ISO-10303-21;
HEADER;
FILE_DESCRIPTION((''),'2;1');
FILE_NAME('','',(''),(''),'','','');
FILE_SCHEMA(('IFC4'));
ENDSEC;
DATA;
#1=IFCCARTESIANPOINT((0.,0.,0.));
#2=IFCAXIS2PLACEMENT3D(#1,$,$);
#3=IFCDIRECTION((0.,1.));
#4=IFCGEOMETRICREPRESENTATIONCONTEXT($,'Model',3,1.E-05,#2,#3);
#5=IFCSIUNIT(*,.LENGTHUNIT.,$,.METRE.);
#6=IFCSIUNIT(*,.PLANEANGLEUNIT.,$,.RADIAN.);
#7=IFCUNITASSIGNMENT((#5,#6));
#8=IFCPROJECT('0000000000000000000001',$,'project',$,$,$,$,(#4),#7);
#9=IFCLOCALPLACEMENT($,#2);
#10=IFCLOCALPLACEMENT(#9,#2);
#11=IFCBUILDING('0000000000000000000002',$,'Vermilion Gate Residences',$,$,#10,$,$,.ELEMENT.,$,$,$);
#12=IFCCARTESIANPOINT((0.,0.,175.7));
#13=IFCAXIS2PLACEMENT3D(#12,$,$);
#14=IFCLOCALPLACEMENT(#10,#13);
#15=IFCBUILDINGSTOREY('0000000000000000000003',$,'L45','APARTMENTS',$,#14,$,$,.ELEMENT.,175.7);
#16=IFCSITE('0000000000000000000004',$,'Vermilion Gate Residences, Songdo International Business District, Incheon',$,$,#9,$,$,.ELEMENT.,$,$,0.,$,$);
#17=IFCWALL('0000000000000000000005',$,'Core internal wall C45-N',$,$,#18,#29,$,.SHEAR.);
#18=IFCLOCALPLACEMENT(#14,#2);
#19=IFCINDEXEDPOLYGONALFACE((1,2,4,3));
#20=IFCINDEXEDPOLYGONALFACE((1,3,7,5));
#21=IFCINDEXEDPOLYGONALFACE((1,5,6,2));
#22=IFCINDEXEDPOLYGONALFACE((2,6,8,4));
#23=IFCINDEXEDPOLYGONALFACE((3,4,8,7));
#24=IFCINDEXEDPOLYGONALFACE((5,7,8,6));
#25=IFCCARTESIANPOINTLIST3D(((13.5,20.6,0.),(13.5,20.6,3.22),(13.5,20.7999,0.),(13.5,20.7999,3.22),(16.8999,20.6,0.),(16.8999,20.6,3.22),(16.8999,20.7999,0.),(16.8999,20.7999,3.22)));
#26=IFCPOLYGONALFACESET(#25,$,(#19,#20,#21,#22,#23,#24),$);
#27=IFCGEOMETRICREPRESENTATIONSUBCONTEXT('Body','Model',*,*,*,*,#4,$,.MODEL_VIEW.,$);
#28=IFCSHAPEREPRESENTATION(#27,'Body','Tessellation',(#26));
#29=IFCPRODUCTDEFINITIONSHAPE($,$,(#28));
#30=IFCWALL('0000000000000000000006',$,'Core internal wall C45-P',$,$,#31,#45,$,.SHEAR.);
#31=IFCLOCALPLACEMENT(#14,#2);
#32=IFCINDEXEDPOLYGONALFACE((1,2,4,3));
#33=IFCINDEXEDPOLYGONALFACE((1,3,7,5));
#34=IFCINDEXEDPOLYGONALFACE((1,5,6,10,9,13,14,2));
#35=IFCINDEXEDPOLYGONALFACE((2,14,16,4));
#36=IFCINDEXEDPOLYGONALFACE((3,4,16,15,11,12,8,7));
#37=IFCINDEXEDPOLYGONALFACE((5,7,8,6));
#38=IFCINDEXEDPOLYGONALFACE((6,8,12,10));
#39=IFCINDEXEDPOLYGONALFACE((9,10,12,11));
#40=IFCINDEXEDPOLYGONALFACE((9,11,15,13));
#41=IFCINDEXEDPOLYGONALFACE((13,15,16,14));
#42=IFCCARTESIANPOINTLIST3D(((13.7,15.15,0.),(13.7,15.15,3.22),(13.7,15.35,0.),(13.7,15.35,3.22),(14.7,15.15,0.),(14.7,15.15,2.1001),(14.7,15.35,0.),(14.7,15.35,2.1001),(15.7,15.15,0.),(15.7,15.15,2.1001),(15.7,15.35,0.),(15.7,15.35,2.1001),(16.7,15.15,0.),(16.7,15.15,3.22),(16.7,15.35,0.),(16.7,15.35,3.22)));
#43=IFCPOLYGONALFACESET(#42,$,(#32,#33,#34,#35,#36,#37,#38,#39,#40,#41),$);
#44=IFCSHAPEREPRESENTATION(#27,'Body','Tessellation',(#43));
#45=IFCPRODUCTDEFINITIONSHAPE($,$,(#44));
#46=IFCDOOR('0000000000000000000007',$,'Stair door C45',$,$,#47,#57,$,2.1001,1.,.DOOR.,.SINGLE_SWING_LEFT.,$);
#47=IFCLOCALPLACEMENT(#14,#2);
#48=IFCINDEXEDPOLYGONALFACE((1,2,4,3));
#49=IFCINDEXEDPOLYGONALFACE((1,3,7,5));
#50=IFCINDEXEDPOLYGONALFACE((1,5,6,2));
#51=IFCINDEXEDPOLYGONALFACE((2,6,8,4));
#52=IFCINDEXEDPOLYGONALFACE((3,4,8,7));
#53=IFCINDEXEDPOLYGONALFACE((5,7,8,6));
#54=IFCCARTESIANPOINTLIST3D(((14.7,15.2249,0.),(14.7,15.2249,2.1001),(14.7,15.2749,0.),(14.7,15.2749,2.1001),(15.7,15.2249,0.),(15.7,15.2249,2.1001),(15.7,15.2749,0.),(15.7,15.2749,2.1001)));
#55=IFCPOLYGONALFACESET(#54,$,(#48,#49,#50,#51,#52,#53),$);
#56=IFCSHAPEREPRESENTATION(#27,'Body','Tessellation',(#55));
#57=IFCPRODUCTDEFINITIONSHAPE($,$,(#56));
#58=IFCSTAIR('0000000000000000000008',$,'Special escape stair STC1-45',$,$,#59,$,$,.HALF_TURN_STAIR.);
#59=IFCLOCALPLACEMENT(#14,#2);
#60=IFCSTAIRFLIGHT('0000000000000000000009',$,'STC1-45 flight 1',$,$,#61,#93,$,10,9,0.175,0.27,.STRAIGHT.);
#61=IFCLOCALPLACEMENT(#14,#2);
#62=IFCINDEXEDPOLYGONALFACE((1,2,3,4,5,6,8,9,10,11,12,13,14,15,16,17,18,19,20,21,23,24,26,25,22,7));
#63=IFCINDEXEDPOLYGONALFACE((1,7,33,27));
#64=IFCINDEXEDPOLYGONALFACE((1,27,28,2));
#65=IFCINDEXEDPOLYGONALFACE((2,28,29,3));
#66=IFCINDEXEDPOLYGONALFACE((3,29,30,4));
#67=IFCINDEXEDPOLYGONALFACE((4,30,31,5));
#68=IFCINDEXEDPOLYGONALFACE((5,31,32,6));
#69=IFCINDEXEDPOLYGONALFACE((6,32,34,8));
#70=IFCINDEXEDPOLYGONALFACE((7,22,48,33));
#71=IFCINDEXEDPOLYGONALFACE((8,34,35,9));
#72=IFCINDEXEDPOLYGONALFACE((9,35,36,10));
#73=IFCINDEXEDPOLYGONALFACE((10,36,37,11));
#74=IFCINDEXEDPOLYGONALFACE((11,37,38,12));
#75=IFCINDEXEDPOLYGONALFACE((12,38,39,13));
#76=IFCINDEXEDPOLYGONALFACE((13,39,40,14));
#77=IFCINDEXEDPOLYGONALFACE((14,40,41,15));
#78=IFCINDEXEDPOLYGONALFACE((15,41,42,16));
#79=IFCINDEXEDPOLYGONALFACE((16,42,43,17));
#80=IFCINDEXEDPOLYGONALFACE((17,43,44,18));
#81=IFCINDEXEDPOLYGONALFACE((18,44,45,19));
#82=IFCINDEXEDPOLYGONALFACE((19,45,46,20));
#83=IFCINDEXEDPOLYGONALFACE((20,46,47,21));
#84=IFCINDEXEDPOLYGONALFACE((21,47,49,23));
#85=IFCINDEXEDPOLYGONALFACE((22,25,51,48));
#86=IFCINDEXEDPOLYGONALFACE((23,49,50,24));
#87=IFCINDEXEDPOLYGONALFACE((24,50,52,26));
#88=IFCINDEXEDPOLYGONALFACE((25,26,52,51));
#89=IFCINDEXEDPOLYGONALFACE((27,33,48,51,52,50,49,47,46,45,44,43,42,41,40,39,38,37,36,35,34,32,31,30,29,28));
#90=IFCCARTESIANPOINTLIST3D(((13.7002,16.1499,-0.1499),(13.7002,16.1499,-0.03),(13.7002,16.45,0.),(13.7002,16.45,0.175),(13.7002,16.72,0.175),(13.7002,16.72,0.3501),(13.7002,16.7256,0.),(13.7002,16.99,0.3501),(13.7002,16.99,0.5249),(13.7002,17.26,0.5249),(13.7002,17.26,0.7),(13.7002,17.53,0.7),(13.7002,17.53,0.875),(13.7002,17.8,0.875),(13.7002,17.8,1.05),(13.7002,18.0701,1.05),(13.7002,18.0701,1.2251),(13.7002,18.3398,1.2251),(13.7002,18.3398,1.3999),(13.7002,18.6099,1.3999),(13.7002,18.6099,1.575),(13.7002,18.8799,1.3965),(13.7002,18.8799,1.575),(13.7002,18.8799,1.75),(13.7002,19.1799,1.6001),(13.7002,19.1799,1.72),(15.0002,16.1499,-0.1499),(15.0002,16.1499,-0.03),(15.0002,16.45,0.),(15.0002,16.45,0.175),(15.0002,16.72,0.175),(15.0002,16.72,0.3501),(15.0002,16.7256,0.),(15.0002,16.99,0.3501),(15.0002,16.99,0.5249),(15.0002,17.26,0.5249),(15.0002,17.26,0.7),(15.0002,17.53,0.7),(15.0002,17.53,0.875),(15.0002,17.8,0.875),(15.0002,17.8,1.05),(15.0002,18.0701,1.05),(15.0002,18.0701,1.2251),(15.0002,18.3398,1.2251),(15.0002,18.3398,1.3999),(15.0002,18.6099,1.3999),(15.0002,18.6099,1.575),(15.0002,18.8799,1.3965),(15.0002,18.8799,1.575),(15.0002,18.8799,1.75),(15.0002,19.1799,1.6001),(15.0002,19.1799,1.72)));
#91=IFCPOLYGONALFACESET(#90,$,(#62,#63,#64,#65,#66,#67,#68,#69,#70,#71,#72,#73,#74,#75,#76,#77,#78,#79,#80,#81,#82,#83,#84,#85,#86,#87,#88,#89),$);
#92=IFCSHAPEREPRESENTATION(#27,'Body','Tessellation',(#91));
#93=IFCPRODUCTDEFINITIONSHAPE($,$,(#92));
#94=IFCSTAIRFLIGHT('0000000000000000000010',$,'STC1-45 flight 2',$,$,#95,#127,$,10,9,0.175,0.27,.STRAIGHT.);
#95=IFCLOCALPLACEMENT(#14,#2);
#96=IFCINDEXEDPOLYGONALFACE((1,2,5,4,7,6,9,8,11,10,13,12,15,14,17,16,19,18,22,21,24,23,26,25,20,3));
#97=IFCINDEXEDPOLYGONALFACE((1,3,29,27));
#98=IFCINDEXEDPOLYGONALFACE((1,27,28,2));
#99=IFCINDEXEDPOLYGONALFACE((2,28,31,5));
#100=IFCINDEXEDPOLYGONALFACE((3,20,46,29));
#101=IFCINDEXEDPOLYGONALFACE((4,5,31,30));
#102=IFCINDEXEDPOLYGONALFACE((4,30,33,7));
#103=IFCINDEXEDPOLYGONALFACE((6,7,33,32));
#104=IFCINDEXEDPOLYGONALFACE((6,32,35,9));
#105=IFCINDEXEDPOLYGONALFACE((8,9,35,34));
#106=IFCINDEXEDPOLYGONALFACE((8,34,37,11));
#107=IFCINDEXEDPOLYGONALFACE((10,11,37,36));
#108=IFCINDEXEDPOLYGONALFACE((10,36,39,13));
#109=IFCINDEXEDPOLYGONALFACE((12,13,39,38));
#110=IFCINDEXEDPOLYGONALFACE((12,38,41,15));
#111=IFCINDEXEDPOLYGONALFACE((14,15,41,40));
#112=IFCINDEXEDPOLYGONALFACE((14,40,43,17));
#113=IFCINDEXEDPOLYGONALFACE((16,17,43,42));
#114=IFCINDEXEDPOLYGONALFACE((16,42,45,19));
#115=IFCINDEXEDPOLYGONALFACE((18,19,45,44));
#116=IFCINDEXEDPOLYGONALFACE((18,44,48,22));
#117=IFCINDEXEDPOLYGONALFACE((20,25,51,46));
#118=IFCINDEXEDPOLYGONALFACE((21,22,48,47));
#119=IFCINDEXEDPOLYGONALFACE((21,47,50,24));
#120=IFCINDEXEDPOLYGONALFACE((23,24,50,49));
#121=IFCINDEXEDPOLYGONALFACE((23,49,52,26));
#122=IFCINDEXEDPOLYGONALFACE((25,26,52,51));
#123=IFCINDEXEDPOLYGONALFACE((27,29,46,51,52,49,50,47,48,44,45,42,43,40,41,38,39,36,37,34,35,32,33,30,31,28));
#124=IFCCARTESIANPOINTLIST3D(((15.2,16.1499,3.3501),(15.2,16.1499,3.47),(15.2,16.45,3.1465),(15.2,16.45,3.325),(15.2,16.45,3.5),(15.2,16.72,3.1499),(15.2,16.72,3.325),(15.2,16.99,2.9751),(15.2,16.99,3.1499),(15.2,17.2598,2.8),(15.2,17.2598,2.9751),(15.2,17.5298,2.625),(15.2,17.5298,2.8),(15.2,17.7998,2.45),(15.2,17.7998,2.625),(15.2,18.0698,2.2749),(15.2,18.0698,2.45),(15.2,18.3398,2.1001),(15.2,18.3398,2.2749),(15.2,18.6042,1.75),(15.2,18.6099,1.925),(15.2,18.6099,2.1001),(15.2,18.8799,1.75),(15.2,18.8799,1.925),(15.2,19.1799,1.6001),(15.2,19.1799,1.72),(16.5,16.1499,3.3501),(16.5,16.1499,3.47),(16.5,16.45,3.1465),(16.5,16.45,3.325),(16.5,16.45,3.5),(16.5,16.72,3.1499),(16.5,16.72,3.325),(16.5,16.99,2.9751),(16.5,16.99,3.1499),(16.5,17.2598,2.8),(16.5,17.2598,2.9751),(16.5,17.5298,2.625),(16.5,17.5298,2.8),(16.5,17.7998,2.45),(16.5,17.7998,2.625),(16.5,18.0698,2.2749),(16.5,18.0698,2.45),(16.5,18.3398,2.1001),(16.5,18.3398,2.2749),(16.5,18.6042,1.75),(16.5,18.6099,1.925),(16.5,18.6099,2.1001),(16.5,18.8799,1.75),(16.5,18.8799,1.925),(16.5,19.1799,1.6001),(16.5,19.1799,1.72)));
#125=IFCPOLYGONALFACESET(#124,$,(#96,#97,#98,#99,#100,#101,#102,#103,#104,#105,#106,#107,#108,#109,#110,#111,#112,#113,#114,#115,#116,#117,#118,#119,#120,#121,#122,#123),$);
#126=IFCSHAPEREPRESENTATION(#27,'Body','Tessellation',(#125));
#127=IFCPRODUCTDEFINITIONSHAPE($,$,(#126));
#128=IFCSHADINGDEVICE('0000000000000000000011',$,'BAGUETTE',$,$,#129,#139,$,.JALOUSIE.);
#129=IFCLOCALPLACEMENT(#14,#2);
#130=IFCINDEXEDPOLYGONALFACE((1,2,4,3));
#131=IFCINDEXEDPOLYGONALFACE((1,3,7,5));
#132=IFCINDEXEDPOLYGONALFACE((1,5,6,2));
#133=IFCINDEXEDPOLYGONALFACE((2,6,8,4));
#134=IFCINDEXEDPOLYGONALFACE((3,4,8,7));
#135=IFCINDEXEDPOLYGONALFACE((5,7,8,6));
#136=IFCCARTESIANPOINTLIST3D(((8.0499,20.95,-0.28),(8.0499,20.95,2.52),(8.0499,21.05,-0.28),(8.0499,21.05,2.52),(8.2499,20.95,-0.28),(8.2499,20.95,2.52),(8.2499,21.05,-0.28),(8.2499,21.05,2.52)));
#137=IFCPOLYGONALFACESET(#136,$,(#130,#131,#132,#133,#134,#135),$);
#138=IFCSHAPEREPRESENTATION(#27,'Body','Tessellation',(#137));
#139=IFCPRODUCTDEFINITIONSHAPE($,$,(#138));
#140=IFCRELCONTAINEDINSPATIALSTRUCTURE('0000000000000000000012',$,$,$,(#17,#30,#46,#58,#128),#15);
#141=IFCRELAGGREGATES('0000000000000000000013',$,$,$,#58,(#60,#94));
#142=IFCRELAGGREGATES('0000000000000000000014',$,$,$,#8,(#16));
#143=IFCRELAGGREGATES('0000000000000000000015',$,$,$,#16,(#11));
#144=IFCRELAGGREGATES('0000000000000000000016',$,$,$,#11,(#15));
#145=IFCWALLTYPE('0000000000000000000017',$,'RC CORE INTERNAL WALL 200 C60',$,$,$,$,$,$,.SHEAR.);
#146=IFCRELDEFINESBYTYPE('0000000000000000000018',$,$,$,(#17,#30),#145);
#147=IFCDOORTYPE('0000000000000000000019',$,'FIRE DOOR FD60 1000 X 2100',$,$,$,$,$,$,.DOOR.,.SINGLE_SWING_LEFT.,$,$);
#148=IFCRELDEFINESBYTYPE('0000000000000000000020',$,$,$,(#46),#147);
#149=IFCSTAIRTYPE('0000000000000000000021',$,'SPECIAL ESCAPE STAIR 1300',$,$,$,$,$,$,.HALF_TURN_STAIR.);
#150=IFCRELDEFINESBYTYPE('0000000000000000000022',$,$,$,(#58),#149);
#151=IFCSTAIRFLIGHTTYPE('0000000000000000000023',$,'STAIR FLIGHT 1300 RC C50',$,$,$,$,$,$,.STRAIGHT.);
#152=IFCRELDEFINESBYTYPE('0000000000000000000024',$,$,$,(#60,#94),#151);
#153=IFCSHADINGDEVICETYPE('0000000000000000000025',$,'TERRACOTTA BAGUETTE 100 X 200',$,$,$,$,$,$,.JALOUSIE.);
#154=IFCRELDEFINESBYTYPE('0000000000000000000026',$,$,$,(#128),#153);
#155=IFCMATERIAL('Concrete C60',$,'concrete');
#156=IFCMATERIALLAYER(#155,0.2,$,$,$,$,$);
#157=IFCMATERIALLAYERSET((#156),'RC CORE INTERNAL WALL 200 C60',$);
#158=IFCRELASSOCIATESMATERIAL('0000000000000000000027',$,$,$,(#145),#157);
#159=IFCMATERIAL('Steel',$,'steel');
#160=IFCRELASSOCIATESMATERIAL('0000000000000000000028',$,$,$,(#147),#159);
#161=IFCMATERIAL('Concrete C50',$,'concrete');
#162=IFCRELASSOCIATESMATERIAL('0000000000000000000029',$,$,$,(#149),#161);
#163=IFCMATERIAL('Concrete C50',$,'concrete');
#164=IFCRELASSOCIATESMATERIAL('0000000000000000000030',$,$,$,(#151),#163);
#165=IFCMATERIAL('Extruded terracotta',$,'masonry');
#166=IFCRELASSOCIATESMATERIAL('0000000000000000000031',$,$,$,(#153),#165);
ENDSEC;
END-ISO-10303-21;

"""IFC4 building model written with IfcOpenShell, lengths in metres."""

from ifc_helpers import new_model, si_unit, direction, frame, frame_2d, origin, origin_2d, place, context, subcontext, project, spatial, polyline, rectangle, outline, extrude, material, layer, layer_set, material_profile, profile_set, type_object, element, fill, aggregate, save


model = new_model("IFC4")

# Units and contexts
model_context = context("Model", 3, precision=1e-05, world=origin(), true_north=direction((0.0, 1.0)))
body_context = subcontext(model_context, "Body", "Model", "MODEL_VIEW")
ifc_project = project(units=[si_unit("LENGTHUNIT", "METRE"), si_unit("PLANEANGLEUNIT", "RADIAN")], contexts=[model_context])

# Site, building, storey
site_placement = place(None, origin())
site = spatial("IfcSite", under=ifc_project, at=site_placement, Name="Vermilion Gate Residences, Songdo International Business District, Incheon", CompositionType="ELEMENT", RefElevation=0.0)
building_placement = place(site_placement, origin())
building = spatial("IfcBuilding", under=site, at=building_placement, Name="Vermilion Gate Residences", CompositionType="ELEMENT")
storey_placement = place(building_placement, frame((0.0, 0.0, 175.7)))
storey = spatial("IfcBuildingStorey", under=building, at=storey_placement, Name="L45", Description="APARTMENTS", CompositionType="ELEMENT", Elevation=175.7)

# Wall
ifc_material_1 = material(Name="Concrete C60", Category="concrete")
ifc_layer_1 = layer(ifc_material_1, 0.2)
ifc_layer_set_1 = layer_set([ifc_layer_1], Name="RC CORE INTERNAL WALL 200 C60")
wall_type_1 = type_object("IfcWallType", Name="RC CORE INTERNAL WALL 200 C60", PredefinedType="SHEAR", material=ifc_layer_set_1)
wall_1_placement = place(storey_placement, frame((13.5, 20.7, 0.0), z_axis=(0.0, 0.0, 1.0), x_axis=(1.0, 0.0, 0.0)))
element("IfcWall", 1, at=wall_1_placement, inside=storey, type_object=wall_type_1, Name="Core internal wall C45-N", PredefinedType="SHEAR", context=body_context, shape_type="SweptSolid", body=[
    extrude(rectangle(XDim=3.3999, YDim=0.2, at=frame_2d((1.7, 0.0))), origin(), (0.0, 0.0, 1.0), 3.22),
])

# Wall, opening, door
wall_2_placement = place(storey_placement, frame((13.7, 15.25, 0.0), z_axis=(0.0, 0.0, 1.0), x_axis=(1.0, 0.0, 0.0)))
wall_2 = element("IfcWall", 2, at=wall_2_placement, inside=storey, type_object=wall_type_1, Name="Core internal wall C45-P", PredefinedType="SHEAR", context=body_context, shape_type="SweptSolid", body=[
    extrude(rectangle(XDim=3.0, YDim=0.2, at=frame_2d((1.5, 0.0))), origin(), (0.0, 0.0, 1.0), 3.22),
])
opening_1_placement = place(wall_2_placement, frame((1.0, 0.0, 0.0)))
opening_1 = element("IfcOpeningElement", 3, at=opening_1_placement, cuts=wall_2, PredefinedType="OPENING", context=body_context, shape_type="SweptSolid", body=[
    extrude(rectangle(XDim=1.0, YDim=2.1001, at=frame_2d((0.5, 1.05))), frame((0.0, 0.1099, 0.0), z_axis=(0.0, -1.0, 0.0), x_axis=(1.0, 0.0, 0.0)), (0.0, 0.0, 1.0), 0.22),
])
ifc_material_2 = material(Name="Steel", Category="steel")
door_type_1 = type_object("IfcDoorType", Name="FIRE DOOR FD60 1000 X 2100", OperationType="SINGLE_SWING_LEFT", PredefinedType="DOOR", material=ifc_material_2)
door_1_placement = place(opening_1_placement, origin())
door_1 = element("IfcDoor", 4, at=door_1_placement, inside=storey, type_object=door_type_1, Name="Stair door C45", OperationType="SINGLE_SWING_LEFT", OverallHeight=2.1001, OverallWidth=1.0, PredefinedType="DOOR", context=body_context, shape_type="SweptSolid", body=[
    extrude(rectangle(XDim=1.0, YDim=2.1001, at=frame_2d((0.5, 1.05))), frame((0.0, 0.0249, 0.0), z_axis=(0.0, -1.0, 0.0), x_axis=(1.0, 0.0, 0.0)), (0.0, 0.0, 1.0), 0.05),
])
fill(opening_1, door_1)

# Stair, stair flights
ifc_material_3 = material(Name="Concrete C50", Category="concrete")
stair_type = type_object("IfcStairType", Name="SPECIAL ESCAPE STAIR 1300", PredefinedType="HALF_TURN_STAIR", material=ifc_material_3)
stair_placement = place(storey_placement, origin())
stair = element("IfcStair", 5, at=stair_placement, inside=storey, type_object=stair_type, Name="Special escape stair STC1-45", PredefinedType="HALF_TURN_STAIR")
ifc_material_4 = material(Name="Concrete C50", Category="concrete")
stair_flight_type = type_object("IfcStairFlightType", Name="STAIR FLIGHT 1300 RC C50", PredefinedType="STRAIGHT", material=ifc_material_4)
stair_flight_1_placement = place(storey_placement, frame((14.3501, 16.45, 0.0), z_axis=(0.0, 0.0, 1.0), x_axis=(0.0, 1.0, 0.0)))
stair_flight_1 = element("IfcStairFlight", 6, at=stair_flight_1_placement, type_object=stair_flight_type, Name="STC1-45 flight 1", NumberOfRisers=10, NumberOfTreads=9, PredefinedType="STRAIGHT", RiserHeight=0.175, TreadLength=0.27, context=body_context, shape_type="SweptSolid", body=[
    extrude(outline(polyline([(-0.3, -0.1499), (-0.3, -0.03), (0.0, 0.0), (0.0, 0.175), (0.27, 0.175), (0.27, 0.3501), (0.54, 0.3501), (0.54, 0.5249), (0.8101, 0.5249), (0.8101, 0.7), (1.0801, 0.7), (1.0801, 0.875), (1.3501, 0.875), (1.3501, 1.05), (1.6201, 1.05), (1.6201, 1.2251), (1.8899, 1.2251), (1.8899, 1.3999), (2.1599, 1.3999), (2.1599, 1.575), (2.4299, 1.575), (2.4299, 1.75), (2.73, 1.72), (2.73, 1.6001), (2.4299, 1.3965), (0.2756, 0.0), (-0.3, -0.1499)])), frame((0.0, 0.6499, 0.0), z_axis=(0.0, -1.0, 0.0), x_axis=(1.0, 0.0, 0.0)), (0.0, 0.0, 1.0), 1.3),
])
stair_flight_2_placement = place(storey_placement, frame((15.8501, 18.8799, 1.75), z_axis=(0.0, 0.0, 1.0), x_axis=(0.0, -1.0, 0.0)))
stair_flight_2 = element("IfcStairFlight", 7, at=stair_flight_2_placement, type_object=stair_flight_type, Name="STC1-45 flight 2", NumberOfRisers=10, NumberOfTreads=9, PredefinedType="STRAIGHT", RiserHeight=0.175, TreadLength=0.27, context=body_context, shape_type="SweptSolid", body=[
    extrude(outline(polyline([(-0.3, -0.1499), (-0.3, -0.03), (0.0, 0.0), (0.0, 0.175), (0.27, 0.175), (0.27, 0.3501), (0.54, 0.3501), (0.54, 0.5249), (0.8101, 0.5249), (0.8101, 0.7), (1.0801, 0.7), (1.0801, 0.875), (1.3501, 0.875), (1.3501, 1.05), (1.6201, 1.05), (1.6201, 1.2251), (1.8899, 1.2251), (1.8899, 1.3999), (2.1599, 1.3999), (2.1599, 1.575), (2.4299, 1.575), (2.4299, 1.75), (2.73, 1.72), (2.73, 1.6001), (2.4299, 1.3965), (0.2756, 0.0), (-0.3, -0.1499)])), frame((0.0, 0.6499, 0.0), z_axis=(0.0, -1.0, 0.0), x_axis=(1.0, 0.0, 0.0)), (0.0, 0.0, 1.0), 1.3),
])
aggregate(stair, [stair_flight_1, stair_flight_2])

# Shading device
ifc_material_5 = material(Name="Extruded terracotta", Category="masonry")
ifc_material_profile_1 = material_profile(ifc_material_5, rectangle(XDim=0.2, YDim=0.1001, at=origin_2d()), Name="BAGUETTE 100 X 200")
ifc_profile_set_1 = profile_set([ifc_material_profile_1], Name="Extruded terracotta")
shading_device_type = type_object("IfcShadingDeviceType", Name="TERRACOTTA BAGUETTE 100 X 200", PredefinedType="JALOUSIE", material=ifc_profile_set_1)
shading_device_placement = place(storey_placement, frame((8.1499, 21.0, -0.28), z_axis=(0.0, 0.0, 1.0), x_axis=(1.0, 0.0, 0.0)))
element("IfcShadingDevice", 8, at=shading_device_placement, inside=storey, type_object=shading_device_type, Name="BAGUETTE", PredefinedType="JALOUSIE", context=body_context, shape_type="SweptSolid", body=[
    extrude(rectangle(XDim=0.2, YDim=0.1001, at=origin_2d()), origin(), (0.0, 0.0, 1.0), 2.8),
])

save(model, "model.ifc")
